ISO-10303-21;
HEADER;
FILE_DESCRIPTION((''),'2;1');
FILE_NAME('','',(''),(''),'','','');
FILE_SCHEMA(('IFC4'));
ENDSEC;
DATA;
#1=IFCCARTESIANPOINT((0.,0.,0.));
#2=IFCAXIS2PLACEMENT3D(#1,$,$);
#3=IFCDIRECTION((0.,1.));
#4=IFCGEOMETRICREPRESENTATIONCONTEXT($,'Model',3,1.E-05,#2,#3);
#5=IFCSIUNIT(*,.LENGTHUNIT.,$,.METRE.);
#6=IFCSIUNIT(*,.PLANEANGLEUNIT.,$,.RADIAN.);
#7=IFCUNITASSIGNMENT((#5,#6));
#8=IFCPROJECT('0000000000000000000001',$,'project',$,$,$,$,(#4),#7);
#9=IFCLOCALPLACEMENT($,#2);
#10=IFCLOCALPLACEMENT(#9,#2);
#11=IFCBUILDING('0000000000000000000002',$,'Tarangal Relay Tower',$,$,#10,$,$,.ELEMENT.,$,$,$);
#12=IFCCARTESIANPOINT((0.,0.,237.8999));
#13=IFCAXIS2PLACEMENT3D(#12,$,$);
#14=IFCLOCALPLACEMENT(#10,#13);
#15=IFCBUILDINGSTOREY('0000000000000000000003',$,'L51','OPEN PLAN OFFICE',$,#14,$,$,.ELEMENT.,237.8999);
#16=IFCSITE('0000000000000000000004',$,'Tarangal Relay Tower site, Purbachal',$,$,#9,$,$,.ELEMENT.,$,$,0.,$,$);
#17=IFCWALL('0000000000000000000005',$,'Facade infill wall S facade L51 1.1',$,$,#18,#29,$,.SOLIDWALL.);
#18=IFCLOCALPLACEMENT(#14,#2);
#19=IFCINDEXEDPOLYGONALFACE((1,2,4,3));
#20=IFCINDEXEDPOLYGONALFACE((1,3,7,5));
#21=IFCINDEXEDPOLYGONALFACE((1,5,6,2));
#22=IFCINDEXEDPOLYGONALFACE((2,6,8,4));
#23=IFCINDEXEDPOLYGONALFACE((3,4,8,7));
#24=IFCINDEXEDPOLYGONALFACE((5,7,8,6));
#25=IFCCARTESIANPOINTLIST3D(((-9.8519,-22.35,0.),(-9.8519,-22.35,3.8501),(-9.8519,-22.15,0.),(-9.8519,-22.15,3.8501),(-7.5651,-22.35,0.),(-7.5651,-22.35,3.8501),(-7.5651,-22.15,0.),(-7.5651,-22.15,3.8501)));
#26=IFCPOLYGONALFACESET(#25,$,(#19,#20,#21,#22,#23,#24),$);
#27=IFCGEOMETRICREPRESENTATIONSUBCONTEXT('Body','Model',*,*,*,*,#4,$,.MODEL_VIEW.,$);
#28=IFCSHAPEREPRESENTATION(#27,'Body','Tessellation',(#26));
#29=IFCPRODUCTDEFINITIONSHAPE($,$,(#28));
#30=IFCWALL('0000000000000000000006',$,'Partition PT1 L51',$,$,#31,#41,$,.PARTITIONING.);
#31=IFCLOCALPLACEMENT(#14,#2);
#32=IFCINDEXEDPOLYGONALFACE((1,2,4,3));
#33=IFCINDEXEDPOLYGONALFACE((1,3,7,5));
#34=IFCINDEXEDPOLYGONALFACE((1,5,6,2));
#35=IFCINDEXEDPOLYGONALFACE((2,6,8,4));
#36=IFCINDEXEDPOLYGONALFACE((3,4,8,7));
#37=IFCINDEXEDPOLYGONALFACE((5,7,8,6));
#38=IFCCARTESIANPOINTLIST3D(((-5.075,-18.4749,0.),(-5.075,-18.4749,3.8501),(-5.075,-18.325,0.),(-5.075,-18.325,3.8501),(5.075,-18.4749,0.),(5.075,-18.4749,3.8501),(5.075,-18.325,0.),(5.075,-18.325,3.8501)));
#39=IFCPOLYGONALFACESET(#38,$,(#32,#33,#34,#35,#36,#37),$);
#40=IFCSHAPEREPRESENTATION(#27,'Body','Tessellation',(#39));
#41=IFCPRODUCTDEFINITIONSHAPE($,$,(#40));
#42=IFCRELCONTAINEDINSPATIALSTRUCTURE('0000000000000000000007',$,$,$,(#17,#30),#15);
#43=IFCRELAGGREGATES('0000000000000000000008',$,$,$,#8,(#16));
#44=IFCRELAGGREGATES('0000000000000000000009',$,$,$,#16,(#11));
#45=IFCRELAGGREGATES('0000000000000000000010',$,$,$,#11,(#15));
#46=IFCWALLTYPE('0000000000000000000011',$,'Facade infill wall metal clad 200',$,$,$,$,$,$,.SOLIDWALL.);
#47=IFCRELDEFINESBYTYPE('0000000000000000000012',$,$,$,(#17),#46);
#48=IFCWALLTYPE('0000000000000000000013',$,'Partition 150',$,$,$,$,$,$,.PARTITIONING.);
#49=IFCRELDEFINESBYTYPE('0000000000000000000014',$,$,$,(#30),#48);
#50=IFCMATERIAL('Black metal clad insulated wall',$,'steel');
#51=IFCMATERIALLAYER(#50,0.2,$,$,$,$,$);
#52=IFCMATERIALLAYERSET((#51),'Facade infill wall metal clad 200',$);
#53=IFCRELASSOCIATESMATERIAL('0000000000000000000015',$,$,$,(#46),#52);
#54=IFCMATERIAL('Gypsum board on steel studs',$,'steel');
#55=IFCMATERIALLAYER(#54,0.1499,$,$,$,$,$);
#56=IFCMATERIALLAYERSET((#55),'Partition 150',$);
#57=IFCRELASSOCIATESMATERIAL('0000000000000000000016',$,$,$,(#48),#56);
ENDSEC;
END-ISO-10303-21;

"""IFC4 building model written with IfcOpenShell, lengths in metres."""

from ifc_helpers import new_model, si_unit, direction, frame, frame_2d, origin, place, context, subcontext, project, spatial, rectangle, extrude, material, layer, layer_set, type_object, element, save


model = new_model("IFC4")

# Units and contexts
model_context = context("Model", 3, precision=1e-05, world=origin(), true_north=direction((0.0, 1.0)))
body_context = subcontext(model_context, "Body", "Model", "MODEL_VIEW")
ifc_project = project(units=[si_unit("LENGTHUNIT", "METRE"), si_unit("PLANEANGLEUNIT", "RADIAN")], contexts=[model_context])

# Site, building, storey
site_placement = place(None, origin())
site = spatial("IfcSite", under=ifc_project, at=site_placement, Name="Tarangal Relay Tower site, Purbachal", CompositionType="ELEMENT", RefElevation=0.0)
building_placement = place(site_placement, origin())
building = spatial("IfcBuilding", under=site, at=building_placement, Name="Tarangal Relay Tower", CompositionType="ELEMENT")
storey_placement = place(building_placement, frame((0.0, 0.0, 237.8999)))
storey = spatial("IfcBuildingStorey", under=building, at=storey_placement, Name="L51", Description="OPEN PLAN OFFICE", CompositionType="ELEMENT", Elevation=237.8999)

# Walls
ifc_material_1 = material(Name="Black metal clad insulated wall", Category="steel")
ifc_layer_1 = layer(ifc_material_1, 0.2)
ifc_layer_set_1 = layer_set([ifc_layer_1], Name="Facade infill wall metal clad 200")
wall_type_1 = type_object("IfcWallType", Name="Facade infill wall metal clad 200", PredefinedType="SOLIDWALL", material=ifc_layer_set_1)
wall_1_placement = place(storey_placement, frame((-7.5649, -22.25, 0.0), z_axis=(0.0, 0.0, 1.0), x_axis=(-1.0, 0.0, 0.0)))
element("IfcWall", 1, at=wall_1_placement, inside=storey, type_object=wall_type_1, Name="Facade infill wall S facade L51 1.1", PredefinedType="SOLIDWALL", context=body_context, shape_type="SweptSolid", body=[
    extrude(rectangle(XDim=2.2869, YDim=0.2, at=frame_2d((1.1436, 0.0))), origin(), (0.0, 0.0, 1.0), 3.8501),
])
ifc_material_2 = material(Name="Gypsum board on steel studs", Category="steel")
ifc_layer_2 = layer(ifc_material_2, 0.1499)
ifc_layer_set_2 = layer_set([ifc_layer_2], Name="Partition 150")
wall_type_2 = type_object("IfcWallType", Name="Partition 150", PredefinedType="PARTITIONING", material=ifc_layer_set_2)
wall_2_placement = place(storey_placement, frame((-5.075, -18.3999, 0.0), z_axis=(0.0, 0.0, 1.0), x_axis=(1.0, 0.0, 0.0)))
element("IfcWall", 2, at=wall_2_placement, inside=storey, type_object=wall_type_2, Name="Partition PT1 L51", PredefinedType="PARTITIONING", context=body_context, shape_type="SweptSolid", body=[
    extrude(rectangle(XDim=10.1499, YDim=0.1499, at=frame_2d((5.075, 0.0))), origin(), (0.0, 0.0, 1.0), 3.8501),
])

save(model, "model.ifc")
